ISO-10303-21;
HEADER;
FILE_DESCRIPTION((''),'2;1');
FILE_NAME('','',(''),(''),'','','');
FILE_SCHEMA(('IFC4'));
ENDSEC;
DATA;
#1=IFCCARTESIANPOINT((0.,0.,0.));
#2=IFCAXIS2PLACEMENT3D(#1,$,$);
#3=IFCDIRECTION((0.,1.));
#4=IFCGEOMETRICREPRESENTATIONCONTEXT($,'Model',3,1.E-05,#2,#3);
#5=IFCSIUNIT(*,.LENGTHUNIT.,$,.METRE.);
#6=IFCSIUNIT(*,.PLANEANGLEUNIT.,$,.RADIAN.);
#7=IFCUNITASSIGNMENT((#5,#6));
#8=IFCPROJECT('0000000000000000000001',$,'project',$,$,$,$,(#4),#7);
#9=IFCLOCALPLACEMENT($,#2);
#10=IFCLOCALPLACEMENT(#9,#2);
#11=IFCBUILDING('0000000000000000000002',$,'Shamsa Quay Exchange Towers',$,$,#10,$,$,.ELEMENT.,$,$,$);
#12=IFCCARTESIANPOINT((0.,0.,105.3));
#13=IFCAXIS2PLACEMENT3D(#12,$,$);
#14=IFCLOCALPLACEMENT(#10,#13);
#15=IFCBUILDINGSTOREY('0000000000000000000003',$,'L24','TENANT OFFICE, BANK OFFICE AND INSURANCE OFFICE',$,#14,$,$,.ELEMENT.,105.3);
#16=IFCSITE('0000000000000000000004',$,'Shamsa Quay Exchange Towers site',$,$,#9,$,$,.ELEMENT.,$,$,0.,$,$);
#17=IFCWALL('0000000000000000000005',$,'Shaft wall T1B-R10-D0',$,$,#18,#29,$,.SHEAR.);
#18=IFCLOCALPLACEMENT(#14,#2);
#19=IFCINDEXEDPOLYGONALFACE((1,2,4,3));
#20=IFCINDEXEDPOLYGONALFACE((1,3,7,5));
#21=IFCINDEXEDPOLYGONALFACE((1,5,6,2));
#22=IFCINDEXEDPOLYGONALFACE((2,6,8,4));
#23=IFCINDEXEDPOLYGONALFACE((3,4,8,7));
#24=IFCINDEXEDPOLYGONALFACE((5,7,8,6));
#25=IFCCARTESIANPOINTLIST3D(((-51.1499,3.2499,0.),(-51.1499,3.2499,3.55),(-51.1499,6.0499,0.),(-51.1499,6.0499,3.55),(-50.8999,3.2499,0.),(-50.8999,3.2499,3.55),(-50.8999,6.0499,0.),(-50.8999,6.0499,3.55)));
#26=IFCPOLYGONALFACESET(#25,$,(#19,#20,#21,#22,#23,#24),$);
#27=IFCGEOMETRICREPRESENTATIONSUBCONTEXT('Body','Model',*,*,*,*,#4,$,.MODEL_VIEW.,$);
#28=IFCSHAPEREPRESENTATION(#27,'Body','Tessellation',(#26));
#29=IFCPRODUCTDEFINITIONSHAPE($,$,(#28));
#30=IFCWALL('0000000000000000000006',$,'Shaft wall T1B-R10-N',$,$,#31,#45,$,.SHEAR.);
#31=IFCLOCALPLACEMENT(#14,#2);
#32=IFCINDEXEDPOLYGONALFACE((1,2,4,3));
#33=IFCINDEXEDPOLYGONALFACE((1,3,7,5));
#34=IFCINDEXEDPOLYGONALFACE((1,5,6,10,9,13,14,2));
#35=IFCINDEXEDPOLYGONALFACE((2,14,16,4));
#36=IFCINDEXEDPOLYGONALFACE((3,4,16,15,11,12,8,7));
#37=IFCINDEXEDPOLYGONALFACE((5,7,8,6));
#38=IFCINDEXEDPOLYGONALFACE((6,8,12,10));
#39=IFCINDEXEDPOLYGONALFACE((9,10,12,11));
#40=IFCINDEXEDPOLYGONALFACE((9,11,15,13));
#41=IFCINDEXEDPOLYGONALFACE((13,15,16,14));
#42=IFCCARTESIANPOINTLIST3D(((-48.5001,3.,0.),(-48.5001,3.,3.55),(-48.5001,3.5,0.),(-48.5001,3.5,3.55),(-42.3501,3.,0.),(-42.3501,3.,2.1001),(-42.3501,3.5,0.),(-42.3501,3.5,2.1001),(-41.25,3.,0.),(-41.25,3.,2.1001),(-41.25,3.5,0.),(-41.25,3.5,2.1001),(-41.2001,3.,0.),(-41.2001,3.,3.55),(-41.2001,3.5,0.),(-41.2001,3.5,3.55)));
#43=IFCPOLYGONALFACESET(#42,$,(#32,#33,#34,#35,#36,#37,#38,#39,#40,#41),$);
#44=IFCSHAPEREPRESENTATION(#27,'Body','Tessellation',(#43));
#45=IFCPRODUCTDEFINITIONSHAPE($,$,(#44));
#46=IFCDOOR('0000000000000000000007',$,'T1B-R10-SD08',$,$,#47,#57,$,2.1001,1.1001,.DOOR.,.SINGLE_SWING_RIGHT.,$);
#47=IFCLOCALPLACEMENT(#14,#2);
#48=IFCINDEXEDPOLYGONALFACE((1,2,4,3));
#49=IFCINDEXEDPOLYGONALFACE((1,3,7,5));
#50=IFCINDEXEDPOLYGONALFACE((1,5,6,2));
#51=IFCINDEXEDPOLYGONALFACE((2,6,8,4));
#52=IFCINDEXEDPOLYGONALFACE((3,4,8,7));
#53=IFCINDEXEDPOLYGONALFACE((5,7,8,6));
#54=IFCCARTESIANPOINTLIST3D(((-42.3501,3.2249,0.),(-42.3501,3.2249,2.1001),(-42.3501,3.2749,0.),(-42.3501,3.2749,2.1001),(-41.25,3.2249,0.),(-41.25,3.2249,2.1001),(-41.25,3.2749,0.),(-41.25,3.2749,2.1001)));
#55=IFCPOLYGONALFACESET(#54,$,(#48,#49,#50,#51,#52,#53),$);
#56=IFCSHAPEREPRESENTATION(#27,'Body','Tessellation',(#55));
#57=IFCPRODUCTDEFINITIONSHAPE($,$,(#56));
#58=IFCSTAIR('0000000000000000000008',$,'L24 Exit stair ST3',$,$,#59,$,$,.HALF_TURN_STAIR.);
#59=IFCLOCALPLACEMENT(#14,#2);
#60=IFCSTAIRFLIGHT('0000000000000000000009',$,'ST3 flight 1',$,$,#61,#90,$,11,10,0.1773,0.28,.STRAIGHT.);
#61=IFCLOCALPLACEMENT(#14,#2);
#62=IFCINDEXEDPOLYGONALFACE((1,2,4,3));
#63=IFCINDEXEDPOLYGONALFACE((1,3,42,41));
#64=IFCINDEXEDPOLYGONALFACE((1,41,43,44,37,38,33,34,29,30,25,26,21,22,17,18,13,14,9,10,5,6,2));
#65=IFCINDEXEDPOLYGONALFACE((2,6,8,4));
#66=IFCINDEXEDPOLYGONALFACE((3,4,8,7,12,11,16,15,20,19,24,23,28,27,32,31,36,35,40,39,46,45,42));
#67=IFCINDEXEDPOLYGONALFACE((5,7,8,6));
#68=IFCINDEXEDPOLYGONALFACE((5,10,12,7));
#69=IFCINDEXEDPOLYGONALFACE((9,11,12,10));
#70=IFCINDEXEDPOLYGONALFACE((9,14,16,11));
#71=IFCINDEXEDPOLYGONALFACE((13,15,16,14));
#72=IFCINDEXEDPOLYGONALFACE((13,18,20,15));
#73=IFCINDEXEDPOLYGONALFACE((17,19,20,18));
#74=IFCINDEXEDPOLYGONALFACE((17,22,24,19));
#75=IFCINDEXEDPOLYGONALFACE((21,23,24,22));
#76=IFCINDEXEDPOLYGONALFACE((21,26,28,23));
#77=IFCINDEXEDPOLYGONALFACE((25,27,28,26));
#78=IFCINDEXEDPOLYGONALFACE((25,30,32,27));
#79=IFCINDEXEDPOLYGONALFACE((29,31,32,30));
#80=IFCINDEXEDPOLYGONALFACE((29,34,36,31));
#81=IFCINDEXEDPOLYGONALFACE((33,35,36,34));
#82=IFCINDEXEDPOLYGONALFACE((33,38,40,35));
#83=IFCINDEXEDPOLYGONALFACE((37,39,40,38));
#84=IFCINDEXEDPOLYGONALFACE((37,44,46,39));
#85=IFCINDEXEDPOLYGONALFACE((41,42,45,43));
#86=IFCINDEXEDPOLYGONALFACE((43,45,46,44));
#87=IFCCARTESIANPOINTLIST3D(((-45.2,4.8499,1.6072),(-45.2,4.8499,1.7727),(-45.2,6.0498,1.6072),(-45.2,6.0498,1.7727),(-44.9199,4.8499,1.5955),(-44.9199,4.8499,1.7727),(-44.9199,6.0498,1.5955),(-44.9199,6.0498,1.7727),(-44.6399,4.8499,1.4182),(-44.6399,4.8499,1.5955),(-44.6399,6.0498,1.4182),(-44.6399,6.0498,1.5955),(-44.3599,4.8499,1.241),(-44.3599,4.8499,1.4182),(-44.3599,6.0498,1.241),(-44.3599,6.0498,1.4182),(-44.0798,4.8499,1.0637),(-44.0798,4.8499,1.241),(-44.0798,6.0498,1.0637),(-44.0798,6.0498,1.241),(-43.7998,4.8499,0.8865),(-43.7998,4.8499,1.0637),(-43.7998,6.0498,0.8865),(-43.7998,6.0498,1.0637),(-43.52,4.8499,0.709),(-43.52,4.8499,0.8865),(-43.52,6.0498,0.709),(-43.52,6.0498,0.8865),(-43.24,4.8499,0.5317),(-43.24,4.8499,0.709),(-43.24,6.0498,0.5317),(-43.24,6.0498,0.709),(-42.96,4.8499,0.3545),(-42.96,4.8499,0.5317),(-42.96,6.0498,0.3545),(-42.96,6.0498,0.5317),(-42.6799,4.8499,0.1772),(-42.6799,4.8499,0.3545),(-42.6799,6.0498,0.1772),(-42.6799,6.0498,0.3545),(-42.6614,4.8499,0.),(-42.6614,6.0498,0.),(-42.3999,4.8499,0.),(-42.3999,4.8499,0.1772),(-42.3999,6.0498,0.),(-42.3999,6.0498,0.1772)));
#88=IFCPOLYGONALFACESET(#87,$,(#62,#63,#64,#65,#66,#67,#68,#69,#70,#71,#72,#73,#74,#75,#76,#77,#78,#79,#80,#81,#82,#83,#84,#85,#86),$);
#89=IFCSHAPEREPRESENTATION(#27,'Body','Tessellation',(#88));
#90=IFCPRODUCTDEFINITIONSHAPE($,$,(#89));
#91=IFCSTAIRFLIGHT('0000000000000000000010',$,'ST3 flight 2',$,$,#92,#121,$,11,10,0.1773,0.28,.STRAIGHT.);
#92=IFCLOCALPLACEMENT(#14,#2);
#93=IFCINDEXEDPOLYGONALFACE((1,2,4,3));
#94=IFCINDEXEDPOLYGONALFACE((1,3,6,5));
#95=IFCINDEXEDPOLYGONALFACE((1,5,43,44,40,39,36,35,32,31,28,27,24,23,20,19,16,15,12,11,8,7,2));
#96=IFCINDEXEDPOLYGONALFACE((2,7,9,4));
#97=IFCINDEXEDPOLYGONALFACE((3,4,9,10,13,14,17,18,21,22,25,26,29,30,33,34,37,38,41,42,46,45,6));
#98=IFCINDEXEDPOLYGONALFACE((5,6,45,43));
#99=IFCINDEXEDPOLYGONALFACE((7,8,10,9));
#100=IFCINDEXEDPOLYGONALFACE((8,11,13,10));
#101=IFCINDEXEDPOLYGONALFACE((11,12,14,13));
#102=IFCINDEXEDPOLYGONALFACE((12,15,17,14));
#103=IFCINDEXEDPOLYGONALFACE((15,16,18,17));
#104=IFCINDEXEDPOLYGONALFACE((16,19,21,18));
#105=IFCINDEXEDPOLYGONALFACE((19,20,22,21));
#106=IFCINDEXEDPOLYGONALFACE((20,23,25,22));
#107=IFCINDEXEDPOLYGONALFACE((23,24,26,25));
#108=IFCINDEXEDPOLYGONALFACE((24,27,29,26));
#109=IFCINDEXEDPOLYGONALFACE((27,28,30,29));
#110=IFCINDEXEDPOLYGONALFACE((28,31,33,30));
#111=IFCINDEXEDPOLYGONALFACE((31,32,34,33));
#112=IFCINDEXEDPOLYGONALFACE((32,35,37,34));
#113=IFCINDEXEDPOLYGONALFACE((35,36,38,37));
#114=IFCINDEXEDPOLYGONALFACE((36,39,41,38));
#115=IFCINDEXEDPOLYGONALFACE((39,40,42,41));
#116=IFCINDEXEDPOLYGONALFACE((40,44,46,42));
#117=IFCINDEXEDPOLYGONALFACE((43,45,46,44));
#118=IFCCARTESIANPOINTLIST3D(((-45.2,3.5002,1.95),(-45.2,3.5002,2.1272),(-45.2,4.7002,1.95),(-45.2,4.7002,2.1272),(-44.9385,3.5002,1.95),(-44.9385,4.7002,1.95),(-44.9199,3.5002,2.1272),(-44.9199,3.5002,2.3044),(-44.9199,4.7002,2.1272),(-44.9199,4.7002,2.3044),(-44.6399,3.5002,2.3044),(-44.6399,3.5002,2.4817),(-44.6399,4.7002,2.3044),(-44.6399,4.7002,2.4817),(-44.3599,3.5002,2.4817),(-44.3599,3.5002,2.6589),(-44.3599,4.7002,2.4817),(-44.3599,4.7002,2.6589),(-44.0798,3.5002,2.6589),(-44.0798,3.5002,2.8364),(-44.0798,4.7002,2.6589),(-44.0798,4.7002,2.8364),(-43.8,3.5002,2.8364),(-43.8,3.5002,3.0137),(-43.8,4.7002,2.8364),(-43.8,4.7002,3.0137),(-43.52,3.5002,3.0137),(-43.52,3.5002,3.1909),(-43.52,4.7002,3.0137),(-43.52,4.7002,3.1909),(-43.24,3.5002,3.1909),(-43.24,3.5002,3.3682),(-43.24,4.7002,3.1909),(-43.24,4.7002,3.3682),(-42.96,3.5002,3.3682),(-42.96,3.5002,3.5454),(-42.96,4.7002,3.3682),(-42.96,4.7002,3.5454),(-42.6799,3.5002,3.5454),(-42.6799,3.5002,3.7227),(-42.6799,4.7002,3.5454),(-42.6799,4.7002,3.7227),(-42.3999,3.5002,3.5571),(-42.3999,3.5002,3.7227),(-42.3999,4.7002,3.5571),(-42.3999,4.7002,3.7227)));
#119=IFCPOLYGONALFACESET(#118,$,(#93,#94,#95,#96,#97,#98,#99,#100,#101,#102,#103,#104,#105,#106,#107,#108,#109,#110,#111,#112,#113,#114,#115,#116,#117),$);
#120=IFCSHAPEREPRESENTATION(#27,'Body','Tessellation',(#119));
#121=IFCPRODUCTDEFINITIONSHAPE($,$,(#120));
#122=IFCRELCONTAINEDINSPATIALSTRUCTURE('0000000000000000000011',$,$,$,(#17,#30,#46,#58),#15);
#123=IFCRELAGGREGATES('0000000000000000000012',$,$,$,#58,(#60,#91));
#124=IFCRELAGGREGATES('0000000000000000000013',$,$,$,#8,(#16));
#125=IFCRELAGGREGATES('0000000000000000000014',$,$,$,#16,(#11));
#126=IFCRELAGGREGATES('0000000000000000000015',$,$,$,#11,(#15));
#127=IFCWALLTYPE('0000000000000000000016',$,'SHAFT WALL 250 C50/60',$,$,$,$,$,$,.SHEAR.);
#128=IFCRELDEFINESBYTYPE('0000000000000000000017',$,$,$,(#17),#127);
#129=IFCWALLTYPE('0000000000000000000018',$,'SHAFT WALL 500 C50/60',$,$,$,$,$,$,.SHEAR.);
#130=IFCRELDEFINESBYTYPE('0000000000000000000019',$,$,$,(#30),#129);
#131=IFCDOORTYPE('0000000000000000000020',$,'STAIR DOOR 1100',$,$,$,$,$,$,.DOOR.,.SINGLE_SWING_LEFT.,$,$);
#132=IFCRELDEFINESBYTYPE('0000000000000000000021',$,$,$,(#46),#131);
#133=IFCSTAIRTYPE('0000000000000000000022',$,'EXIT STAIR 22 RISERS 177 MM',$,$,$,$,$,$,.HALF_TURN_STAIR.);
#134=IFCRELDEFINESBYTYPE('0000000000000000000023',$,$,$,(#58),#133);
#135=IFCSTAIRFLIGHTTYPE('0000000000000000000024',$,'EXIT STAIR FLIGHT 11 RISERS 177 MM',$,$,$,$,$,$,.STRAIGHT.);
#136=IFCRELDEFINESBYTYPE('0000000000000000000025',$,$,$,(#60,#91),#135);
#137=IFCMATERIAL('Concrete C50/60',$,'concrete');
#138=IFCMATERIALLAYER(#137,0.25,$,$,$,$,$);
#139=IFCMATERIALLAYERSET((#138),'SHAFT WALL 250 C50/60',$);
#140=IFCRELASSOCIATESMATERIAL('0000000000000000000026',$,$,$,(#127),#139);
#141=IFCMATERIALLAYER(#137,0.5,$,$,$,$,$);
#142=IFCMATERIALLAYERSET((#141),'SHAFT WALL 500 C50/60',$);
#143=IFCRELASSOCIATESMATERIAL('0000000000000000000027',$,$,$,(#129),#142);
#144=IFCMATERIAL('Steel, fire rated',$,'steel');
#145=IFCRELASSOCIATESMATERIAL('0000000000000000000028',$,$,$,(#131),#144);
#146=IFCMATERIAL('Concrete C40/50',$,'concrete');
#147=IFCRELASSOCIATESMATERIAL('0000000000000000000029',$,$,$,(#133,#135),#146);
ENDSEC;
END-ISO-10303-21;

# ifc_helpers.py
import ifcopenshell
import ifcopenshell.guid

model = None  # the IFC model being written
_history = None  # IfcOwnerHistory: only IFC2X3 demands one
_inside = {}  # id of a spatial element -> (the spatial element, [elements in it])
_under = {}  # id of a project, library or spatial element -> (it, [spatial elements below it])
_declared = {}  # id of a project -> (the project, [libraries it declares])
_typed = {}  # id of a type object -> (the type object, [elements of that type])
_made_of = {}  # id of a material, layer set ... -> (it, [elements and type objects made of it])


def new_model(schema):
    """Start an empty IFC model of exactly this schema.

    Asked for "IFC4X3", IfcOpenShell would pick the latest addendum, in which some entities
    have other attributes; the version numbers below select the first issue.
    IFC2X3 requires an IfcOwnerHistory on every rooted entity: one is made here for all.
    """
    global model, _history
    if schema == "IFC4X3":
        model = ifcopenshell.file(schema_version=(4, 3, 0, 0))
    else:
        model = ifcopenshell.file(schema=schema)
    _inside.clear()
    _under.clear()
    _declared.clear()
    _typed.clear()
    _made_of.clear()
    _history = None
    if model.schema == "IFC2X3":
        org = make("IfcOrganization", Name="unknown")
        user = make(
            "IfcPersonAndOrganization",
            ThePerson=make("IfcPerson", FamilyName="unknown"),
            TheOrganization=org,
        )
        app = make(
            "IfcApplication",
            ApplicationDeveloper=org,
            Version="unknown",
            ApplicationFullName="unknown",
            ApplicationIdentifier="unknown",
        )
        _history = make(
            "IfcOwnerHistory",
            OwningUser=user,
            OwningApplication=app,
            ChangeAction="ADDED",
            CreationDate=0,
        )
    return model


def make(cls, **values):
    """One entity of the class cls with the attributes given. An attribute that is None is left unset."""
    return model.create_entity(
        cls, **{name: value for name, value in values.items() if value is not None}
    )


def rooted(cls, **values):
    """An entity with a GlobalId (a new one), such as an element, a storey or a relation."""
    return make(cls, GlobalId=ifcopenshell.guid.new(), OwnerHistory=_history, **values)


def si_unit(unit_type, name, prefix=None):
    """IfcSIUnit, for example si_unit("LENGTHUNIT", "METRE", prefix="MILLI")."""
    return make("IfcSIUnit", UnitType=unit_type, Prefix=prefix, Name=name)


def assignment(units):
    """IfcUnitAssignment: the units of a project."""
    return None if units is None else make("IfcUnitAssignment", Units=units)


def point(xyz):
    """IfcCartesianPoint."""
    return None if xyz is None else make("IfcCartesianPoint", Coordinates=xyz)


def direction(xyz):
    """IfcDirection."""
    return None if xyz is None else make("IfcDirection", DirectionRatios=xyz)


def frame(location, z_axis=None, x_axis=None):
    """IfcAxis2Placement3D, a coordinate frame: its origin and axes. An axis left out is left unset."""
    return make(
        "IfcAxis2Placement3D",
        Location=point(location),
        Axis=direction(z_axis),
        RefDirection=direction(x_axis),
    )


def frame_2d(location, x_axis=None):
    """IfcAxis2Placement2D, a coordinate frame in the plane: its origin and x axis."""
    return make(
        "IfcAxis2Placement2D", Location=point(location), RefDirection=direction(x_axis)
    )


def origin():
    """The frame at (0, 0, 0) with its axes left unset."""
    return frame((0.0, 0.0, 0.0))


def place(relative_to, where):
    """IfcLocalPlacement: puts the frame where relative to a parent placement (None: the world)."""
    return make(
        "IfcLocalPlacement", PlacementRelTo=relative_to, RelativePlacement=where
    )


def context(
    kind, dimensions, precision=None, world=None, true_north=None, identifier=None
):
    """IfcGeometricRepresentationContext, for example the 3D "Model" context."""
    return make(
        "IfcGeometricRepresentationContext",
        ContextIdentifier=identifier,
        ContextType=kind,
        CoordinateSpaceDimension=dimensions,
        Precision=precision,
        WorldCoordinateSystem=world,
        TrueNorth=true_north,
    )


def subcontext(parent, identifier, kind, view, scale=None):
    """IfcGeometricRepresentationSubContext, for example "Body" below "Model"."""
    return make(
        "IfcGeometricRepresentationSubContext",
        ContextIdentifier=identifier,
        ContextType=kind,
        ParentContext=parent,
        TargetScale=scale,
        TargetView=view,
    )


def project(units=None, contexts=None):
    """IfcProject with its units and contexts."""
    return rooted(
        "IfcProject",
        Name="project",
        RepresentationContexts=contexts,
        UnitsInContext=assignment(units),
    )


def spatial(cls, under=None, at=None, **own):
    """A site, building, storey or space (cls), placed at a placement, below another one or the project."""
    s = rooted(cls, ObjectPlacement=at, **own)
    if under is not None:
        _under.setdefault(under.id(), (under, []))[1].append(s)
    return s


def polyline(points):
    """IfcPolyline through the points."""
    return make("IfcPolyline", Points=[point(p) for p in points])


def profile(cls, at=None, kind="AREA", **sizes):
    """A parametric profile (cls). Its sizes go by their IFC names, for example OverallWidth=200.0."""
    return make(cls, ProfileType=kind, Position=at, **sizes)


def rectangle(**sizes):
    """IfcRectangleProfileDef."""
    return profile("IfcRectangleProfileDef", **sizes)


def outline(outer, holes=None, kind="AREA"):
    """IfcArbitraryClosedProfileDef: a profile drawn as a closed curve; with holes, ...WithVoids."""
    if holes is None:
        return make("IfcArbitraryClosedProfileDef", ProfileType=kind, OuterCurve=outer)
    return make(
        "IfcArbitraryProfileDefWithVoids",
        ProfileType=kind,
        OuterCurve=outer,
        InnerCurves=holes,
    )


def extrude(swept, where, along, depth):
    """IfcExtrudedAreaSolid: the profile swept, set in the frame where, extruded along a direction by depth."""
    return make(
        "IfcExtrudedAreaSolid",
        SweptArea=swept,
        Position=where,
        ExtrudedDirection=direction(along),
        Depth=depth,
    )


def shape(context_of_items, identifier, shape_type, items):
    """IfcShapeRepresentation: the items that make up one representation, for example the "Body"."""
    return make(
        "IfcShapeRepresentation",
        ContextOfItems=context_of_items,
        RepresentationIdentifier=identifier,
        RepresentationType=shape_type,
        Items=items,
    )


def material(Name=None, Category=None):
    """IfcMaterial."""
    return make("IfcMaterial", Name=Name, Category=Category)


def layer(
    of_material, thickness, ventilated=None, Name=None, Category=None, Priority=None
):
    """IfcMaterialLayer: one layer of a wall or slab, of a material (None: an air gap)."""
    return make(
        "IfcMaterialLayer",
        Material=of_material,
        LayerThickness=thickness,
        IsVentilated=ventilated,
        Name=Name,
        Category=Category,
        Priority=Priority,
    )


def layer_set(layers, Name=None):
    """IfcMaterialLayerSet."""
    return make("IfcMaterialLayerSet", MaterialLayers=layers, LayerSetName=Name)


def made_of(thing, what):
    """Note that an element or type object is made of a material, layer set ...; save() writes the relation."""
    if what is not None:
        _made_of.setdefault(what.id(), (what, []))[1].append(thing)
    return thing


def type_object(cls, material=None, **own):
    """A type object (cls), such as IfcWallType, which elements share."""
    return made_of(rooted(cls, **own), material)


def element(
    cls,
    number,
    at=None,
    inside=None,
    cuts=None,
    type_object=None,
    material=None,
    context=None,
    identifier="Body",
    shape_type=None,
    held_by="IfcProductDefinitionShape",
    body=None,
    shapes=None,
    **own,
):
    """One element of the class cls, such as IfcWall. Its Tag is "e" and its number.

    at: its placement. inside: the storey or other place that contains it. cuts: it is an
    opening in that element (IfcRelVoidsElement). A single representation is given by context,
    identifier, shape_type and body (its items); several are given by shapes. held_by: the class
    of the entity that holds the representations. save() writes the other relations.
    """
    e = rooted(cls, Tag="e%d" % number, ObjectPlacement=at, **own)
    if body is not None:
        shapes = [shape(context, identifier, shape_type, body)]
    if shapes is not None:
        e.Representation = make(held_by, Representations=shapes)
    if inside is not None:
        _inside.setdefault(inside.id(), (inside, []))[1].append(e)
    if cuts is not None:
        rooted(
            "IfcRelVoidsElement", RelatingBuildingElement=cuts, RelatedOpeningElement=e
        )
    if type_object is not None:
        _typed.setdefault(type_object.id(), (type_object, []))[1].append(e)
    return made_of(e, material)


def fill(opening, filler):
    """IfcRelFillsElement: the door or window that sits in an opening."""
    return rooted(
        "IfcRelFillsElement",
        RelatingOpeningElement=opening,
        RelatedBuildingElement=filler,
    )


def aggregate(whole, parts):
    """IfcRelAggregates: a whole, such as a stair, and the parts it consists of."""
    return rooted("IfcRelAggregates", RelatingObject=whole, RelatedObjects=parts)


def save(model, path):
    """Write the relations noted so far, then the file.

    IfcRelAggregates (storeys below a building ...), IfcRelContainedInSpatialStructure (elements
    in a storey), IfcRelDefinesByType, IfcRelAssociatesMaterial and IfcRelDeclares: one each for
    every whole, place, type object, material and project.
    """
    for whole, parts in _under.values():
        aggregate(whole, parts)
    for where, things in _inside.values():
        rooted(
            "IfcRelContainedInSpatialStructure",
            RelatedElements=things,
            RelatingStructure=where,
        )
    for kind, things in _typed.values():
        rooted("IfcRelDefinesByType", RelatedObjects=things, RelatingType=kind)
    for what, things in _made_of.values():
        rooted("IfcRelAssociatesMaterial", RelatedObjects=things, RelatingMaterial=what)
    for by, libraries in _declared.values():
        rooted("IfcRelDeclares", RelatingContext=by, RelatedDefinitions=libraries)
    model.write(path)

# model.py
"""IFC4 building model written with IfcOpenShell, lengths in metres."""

from ifc_helpers import new_model, si_unit, direction, frame, frame_2d, origin, place, context, subcontext, project, spatial, polyline, rectangle, outline, extrude, material, layer, layer_set, type_object, element, fill, aggregate, save


model = new_model("IFC4")

# Units and contexts
model_context = context("Model", 3, precision=1e-05, world=origin(), true_north=direction((0.0, 1.0)))
body_context = subcontext(model_context, "Body", "Model", "MODEL_VIEW")
ifc_project = project(units=[si_unit("LENGTHUNIT", "METRE"), si_unit("PLANEANGLEUNIT", "RADIAN")], contexts=[model_context])

# Site, building, storey
site_placement = place(None, origin())
site = spatial("IfcSite", under=ifc_project, at=site_placement, Name="Shamsa Quay Exchange Towers site", CompositionType="ELEMENT", RefElevation=0.0)
building_placement = place(site_placement, origin())
building = spatial("IfcBuilding", under=site, at=building_placement, Name="Shamsa Quay Exchange Towers", CompositionType="ELEMENT")
storey_placement = place(building_placement, frame((0.0, 0.0, 105.3)))
storey = spatial("IfcBuildingStorey", under=building, at=storey_placement, Name="L24", Description="TENANT OFFICE, BANK OFFICE AND INSURANCE OFFICE", CompositionType="ELEMENT", Elevation=105.3)

# Shared definitions
ifc_material_1 = material(Name="Concrete C50/60", Category="concrete")
ifc_layer_1 = layer(ifc_material_1, 0.25)
ifc_layer_set_1 = layer_set([ifc_layer_1], Name="SHAFT WALL 250 C50/60")
wall_type_1 = type_object("IfcWallType", Name="SHAFT WALL 250 C50/60", PredefinedType="SHEAR", material=ifc_layer_set_1)
ifc_material_2 = material(Name="Steel, fire rated", Category="steel")

# Wall
for number, where, z_axis, x_axis, name in (
    (1, (-51.0249, 3.25, 0.0), (0.0, 0.0, 1.0), (0.0, 1.0, 0.0), "Shaft wall T1B-R10-D0"),
):
    element("IfcWall", number, at=place(storey_placement, frame(where, z_axis=z_axis, x_axis=x_axis)), inside=storey, type_object=wall_type_1, Name=name, PredefinedType="SHEAR", context=body_context, shape_type="SweptSolid", body=[
        extrude(rectangle(XDim=2.8, YDim=0.25, at=frame_2d((1.3999, 0.0))), origin(), (0.0, 0.0, 1.0), 3.55),
    ])

# Wall, opening, door
ifc_layer_2 = layer(ifc_material_1, 0.5)
ifc_layer_set_2 = layer_set([ifc_layer_2], Name="SHAFT WALL 500 C50/60")
wall_type_2 = type_object("IfcWallType", Name="SHAFT WALL 500 C50/60", PredefinedType="SHEAR", material=ifc_layer_set_2)
wall_1_placement = place(storey_placement, frame((-48.5, 3.25, 0.0)))
wall_1 = element("IfcWall", 2, at=wall_1_placement, inside=storey, type_object=wall_type_2, Name="Shaft wall T1B-R10-N", PredefinedType="SHEAR", context=body_context, shape_type="SweptSolid", body=[
    extrude(rectangle(XDim=7.3, YDim=0.5, at=frame_2d((3.6499, 0.0))), origin(), (0.0, 0.0, 1.0), 3.55),
])
opening_1_placement = place(wall_1_placement, frame((6.1499, 0.0, 0.0)))
opening_1 = element("IfcOpeningElement", 3, at=opening_1_placement, cuts=wall_1, PredefinedType="OPENING", context=body_context, shape_type="SweptSolid", body=[
    extrude(rectangle(XDim=1.1001, YDim=2.1001, at=frame_2d((0.55, 1.05))), frame((0.0, 0.26, 0.0), z_axis=(0.0, -1.0, 0.0), x_axis=(1.0, 0.0, 0.0)), (0.0, 0.0, 1.0), 0.52),
])
door_type_1 = type_object("IfcDoorType", Name="STAIR DOOR 1100", OperationType="SINGLE_SWING_LEFT", PredefinedType="DOOR", material=ifc_material_2)
door_1_placement = place(opening_1_placement, origin())
door_1 = element("IfcDoor", 4, at=door_1_placement, inside=storey, type_object=door_type_1, Name="T1B-R10-SD08", OperationType="SINGLE_SWING_RIGHT", OverallHeight=2.1001, OverallWidth=1.1001, PredefinedType="DOOR", context=body_context, shape_type="SweptSolid", body=[
    extrude(rectangle(XDim=1.1001, YDim=2.1001, at=frame_2d((0.55, 1.05))), frame((0.0, 0.0249, 0.0), z_axis=(0.0, -1.0, 0.0), x_axis=(1.0, 0.0, 0.0)), (0.0, 0.0, 1.0), 0.05),
])
fill(opening_1, door_1)

# Stair, stair flights
ifc_material_3 = material(Name="Concrete C40/50", Category="concrete")
stair_type = type_object("IfcStairType", Name="EXIT STAIR 22 RISERS 177 MM", PredefinedType="HALF_TURN_STAIR", material=ifc_material_3)
stair_placement = place(storey_placement, origin())
stair = element("IfcStair", 5, at=stair_placement, inside=storey, type_object=stair_type, Name="L24 Exit stair ST3", PredefinedType="HALF_TURN_STAIR")
stair_flight_type = type_object("IfcStairFlightType", Name="EXIT STAIR FLIGHT 11 RISERS 177 MM", PredefinedType="STRAIGHT", material=ifc_material_3)
stair_flight_1_placement = place(storey_placement, frame((-42.3999, 5.45, 0.0), z_axis=(0.0, 0.0, 1.0), x_axis=(-1.0, 0.0, 0.0)))
stair_flight_1 = element("IfcStairFlight", 6, at=stair_flight_1_placement, type_object=stair_flight_type, Name="ST3 flight 1", NumberOfRisers=11, NumberOfTreads=10, PredefinedType="STRAIGHT", RiserHeight=0.1773, TreadLength=0.28, context=body_context, shape_type="SweptSolid", body=[
    extrude(outline(polyline([(0.0, 0.0), (0.0, 0.1772), (0.28, 0.1772), (0.28, 0.3545), (0.5601, 0.3545), (0.5601, 0.5317), (0.8401, 0.5317), (0.8401, 0.709), (1.1201, 0.709), (1.1201, 0.8865), (1.3999, 0.8865), (1.3999, 1.0637), (1.6799, 1.0637), (1.6799, 1.241), (1.96, 1.241), (1.96, 1.4182), (2.24, 1.4182), (2.24, 1.5955), (2.52, 1.5955), (2.52, 1.7727), (2.8, 1.7727), (2.8, 1.95), (2.8, 1.6072), (0.2615, 0.0), (0.0, 0.0)])), frame((0.0, 0.6001, 0.0), z_axis=(0.0, -1.0, 0.0), x_axis=(1.0, 0.0, 0.0)), (0.0, 0.0, 1.0), 1.2),
])
stair_flight_2_placement = place(storey_placement, frame((-45.2, 4.1001, 1.95)))
stair_flight_2 = element("IfcStairFlight", 7, at=stair_flight_2_placement, type_object=stair_flight_type, Name="ST3 flight 2", NumberOfRisers=11, NumberOfTreads=10, PredefinedType="STRAIGHT", RiserHeight=0.1773, TreadLength=0.28, context=body_context, shape_type="SweptSolid", body=[
    extrude(outline(polyline([(0.0, 0.0), (0.0, 0.1772), (0.28, 0.1772), (0.28, 0.3545), (0.5601, 0.3545), (0.5601, 0.5317), (0.8401, 0.5317), (0.8401, 0.709), (1.1201, 0.709), (1.1201, 0.8865), (1.3999, 0.8865), (1.3999, 1.0637), (1.6799, 1.0637), (1.6799, 1.241), (1.96, 1.241), (1.96, 1.4182), (2.24, 1.4182), (2.24, 1.5955), (2.52, 1.5955), (2.52, 1.7727), (2.8, 1.7727), (2.8, 1.95), (2.8, 1.6072), (0.2615, 0.0), (0.0, 0.0)])), frame((0.0, 0.6001, 0.0), z_axis=(0.0, -1.0, 0.0), x_axis=(1.0, 0.0, 0.0)), (0.0, 0.0, 1.0), 1.2),
])
aggregate(stair, [stair_flight_1, stair_flight_2])

save(model, "model.ifc")
